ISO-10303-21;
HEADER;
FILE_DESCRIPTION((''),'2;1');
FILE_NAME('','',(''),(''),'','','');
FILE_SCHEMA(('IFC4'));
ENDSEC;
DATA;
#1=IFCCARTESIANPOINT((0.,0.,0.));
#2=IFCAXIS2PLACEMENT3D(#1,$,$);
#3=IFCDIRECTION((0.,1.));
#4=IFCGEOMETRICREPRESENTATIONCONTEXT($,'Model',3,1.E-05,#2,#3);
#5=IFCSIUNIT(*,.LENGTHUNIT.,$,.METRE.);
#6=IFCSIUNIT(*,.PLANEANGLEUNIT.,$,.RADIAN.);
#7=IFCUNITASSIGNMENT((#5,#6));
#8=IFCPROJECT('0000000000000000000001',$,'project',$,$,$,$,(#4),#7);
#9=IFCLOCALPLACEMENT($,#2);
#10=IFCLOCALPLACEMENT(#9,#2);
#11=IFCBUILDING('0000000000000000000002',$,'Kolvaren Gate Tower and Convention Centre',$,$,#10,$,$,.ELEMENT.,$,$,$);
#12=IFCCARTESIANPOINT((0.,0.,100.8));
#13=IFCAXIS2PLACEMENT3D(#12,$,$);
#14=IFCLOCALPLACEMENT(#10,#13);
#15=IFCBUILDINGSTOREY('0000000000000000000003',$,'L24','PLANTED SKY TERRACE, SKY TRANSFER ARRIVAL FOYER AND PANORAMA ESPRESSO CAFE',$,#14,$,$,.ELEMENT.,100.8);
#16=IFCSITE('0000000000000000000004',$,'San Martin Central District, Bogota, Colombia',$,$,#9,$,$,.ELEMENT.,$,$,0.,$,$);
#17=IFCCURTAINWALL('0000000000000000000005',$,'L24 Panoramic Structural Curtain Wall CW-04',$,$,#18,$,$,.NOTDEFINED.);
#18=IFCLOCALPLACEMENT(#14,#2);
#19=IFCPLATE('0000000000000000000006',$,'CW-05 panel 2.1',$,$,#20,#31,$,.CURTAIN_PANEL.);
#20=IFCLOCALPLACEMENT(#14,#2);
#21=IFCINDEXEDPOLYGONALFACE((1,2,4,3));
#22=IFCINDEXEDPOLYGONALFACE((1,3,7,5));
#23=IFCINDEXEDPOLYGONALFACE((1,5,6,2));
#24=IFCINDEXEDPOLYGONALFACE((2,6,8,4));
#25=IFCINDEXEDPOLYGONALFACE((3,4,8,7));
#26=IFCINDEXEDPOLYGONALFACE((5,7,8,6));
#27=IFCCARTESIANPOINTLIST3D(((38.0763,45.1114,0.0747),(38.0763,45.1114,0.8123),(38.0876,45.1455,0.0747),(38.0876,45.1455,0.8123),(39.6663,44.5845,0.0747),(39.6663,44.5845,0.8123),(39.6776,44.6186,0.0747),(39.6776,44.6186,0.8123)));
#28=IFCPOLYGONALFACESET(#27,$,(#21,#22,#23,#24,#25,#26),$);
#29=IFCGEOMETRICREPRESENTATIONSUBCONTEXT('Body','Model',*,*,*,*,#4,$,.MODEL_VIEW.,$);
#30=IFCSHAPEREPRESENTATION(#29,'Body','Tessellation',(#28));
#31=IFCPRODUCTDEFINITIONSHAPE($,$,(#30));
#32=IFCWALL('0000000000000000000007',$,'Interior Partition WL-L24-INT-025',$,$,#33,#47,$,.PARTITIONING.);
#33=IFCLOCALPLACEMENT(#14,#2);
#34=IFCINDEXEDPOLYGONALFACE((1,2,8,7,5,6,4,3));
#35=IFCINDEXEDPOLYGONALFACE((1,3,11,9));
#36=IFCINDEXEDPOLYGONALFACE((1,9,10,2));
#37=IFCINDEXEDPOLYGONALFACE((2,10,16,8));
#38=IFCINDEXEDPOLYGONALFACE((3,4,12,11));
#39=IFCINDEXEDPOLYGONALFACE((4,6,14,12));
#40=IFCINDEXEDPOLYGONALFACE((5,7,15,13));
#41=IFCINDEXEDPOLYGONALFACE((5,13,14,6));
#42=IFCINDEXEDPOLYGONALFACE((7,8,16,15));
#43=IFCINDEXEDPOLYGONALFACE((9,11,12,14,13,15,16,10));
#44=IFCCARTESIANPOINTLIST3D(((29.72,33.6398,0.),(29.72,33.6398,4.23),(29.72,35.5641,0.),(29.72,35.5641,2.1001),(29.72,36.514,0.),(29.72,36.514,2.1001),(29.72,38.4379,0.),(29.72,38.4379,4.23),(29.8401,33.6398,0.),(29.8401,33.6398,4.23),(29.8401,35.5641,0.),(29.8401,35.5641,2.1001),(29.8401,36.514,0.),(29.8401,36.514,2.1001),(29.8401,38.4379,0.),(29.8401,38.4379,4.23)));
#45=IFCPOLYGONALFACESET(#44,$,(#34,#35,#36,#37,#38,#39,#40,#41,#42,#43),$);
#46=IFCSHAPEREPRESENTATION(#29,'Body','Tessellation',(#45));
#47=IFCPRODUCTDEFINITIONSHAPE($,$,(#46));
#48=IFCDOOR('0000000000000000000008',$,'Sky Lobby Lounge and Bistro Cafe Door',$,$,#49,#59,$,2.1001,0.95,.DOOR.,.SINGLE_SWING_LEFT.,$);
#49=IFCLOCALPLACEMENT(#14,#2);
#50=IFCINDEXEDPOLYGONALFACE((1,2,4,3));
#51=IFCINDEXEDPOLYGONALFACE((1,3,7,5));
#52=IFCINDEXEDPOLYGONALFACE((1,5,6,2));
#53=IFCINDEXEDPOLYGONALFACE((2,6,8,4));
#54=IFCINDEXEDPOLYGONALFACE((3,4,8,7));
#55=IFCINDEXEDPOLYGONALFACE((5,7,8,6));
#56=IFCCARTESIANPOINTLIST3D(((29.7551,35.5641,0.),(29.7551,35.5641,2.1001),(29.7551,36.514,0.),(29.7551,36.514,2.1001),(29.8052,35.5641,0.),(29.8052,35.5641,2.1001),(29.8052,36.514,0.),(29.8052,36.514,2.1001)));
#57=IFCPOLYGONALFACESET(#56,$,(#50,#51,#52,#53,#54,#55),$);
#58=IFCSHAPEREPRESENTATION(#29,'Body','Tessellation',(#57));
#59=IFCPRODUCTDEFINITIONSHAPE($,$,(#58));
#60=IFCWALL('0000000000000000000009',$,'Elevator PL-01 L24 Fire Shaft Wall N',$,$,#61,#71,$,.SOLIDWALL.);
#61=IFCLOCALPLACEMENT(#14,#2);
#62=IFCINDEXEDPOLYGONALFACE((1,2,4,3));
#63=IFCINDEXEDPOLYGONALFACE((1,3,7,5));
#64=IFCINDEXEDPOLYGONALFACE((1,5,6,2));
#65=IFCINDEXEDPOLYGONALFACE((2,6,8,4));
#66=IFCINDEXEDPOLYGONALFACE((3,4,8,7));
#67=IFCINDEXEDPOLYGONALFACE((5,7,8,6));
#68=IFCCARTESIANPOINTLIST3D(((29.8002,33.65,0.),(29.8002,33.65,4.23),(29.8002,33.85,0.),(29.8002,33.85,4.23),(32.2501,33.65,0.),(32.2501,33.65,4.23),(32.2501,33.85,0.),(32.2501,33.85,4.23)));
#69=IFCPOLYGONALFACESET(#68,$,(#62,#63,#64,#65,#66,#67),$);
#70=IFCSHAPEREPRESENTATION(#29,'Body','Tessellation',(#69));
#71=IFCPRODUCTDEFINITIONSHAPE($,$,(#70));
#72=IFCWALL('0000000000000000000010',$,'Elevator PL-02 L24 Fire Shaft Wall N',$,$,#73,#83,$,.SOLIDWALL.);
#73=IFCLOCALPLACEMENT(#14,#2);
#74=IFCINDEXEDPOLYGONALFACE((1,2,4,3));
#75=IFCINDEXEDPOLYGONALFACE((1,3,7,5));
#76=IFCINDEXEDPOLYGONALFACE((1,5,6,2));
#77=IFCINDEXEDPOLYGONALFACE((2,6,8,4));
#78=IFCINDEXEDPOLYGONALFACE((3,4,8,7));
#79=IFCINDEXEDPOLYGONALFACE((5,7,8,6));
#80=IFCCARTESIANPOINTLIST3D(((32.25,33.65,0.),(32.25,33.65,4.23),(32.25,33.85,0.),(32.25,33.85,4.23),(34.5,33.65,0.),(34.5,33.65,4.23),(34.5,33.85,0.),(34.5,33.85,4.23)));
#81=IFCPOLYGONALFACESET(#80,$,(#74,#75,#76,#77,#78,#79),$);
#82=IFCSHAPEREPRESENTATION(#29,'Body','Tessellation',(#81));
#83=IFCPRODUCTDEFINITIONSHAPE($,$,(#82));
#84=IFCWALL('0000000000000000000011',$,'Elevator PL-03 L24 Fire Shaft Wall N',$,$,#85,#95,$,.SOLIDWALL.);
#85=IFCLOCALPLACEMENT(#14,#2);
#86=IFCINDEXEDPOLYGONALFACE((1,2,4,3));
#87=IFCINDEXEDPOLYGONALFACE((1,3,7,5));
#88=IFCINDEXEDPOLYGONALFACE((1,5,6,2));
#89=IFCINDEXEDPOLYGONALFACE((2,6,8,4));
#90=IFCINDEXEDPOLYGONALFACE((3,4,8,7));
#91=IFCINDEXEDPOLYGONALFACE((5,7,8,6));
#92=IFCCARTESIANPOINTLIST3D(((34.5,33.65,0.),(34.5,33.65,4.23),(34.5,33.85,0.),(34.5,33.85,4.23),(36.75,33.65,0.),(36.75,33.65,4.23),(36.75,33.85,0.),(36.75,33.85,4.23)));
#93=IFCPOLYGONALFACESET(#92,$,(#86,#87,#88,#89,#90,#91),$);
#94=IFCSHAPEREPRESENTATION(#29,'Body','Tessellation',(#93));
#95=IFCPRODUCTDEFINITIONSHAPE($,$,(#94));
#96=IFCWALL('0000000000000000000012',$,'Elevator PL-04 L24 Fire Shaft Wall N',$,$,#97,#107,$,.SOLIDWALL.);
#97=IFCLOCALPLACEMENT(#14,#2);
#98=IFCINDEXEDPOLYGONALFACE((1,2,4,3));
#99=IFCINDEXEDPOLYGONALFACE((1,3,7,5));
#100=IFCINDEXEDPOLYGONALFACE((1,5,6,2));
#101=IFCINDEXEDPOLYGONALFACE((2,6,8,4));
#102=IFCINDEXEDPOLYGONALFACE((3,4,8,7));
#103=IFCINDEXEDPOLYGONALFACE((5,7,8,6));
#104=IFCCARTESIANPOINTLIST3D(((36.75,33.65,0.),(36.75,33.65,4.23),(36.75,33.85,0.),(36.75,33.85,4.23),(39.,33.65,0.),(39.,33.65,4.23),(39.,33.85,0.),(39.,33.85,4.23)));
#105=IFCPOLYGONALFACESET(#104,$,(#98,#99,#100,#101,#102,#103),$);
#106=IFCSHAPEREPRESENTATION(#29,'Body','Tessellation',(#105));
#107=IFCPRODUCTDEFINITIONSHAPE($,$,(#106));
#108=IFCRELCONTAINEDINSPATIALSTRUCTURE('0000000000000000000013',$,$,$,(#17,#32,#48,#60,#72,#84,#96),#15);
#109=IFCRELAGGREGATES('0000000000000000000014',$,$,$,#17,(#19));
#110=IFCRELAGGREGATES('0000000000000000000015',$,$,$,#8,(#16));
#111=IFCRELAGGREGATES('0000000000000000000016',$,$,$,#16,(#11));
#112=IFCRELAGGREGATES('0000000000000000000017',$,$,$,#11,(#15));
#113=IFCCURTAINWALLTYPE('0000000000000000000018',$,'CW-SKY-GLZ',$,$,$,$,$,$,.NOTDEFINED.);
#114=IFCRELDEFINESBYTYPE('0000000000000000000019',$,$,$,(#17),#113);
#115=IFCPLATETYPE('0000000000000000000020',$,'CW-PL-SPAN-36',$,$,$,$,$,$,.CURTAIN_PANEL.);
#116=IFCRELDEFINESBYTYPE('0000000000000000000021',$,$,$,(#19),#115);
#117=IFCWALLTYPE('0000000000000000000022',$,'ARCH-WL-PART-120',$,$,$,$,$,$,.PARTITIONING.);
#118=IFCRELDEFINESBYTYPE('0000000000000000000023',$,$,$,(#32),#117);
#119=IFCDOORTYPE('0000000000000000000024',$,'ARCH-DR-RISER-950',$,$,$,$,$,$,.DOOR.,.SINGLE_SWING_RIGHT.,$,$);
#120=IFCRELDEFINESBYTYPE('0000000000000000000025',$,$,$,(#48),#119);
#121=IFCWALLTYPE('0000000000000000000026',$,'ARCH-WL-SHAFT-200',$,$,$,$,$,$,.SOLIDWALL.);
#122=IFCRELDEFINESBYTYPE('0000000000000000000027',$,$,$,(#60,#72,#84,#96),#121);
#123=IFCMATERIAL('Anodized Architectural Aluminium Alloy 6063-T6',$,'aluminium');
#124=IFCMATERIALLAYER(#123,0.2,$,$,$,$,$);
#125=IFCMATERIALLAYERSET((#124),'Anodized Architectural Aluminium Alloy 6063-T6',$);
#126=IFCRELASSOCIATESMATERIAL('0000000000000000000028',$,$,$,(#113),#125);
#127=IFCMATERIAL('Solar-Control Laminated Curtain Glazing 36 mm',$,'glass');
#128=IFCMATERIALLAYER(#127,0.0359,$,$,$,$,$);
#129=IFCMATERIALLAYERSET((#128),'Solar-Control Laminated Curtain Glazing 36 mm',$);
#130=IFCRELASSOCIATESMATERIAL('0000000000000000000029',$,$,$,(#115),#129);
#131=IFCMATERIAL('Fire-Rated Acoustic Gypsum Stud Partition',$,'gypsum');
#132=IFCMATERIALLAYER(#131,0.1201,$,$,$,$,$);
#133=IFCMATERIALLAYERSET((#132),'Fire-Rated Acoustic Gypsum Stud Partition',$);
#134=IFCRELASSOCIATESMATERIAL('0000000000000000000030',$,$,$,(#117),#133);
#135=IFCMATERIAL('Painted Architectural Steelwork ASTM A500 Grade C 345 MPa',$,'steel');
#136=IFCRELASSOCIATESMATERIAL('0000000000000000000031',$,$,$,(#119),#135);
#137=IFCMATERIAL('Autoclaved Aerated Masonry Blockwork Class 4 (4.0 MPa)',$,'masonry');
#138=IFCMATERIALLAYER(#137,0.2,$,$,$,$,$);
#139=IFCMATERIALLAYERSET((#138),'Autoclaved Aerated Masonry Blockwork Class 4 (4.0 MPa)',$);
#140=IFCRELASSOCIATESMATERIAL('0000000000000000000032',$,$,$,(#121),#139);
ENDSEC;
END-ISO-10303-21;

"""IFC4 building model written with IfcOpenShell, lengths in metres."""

from ifc_helpers import new_model, si_unit, direction, frame, frame_2d, origin, origin_2d, place, context, subcontext, project, spatial, rectangle, extrude, material, layer, layer_set, type_object, element, fill, aggregate, save


model = new_model("IFC4")

# Units and contexts
model_context = context("Model", 3, precision=1e-05, world=origin(), true_north=direction((0.0, 1.0)))
body_context = subcontext(model_context, "Body", "Model", "MODEL_VIEW")
ifc_project = project(units=[si_unit("LENGTHUNIT", "METRE"), si_unit("PLANEANGLEUNIT", "RADIAN")], contexts=[model_context])

# Site, building, storey
site_placement = place(None, origin())
site = spatial("IfcSite", under=ifc_project, at=site_placement, Name="San Martin Central District, Bogota, Colombia", CompositionType="ELEMENT", RefElevation=0.0)
building_placement = place(site_placement, origin())
building = spatial("IfcBuilding", under=site, at=building_placement, Name="Kolvaren Gate Tower and Convention Centre", CompositionType="ELEMENT")
storey_placement = place(building_placement, frame((0.0, 0.0, 100.8)))
storey = spatial("IfcBuildingStorey", under=building, at=storey_placement, Name="L24", Description="PLANTED SKY TERRACE, SKY TRANSFER ARRIVAL FOYER AND PANORAMA ESPRESSO CAFE", CompositionType="ELEMENT", Elevation=100.8)

# Curtain wall
ifc_material_1 = material(Name="Anodized Architectural Aluminium Alloy 6063-T6", Category="aluminium")
ifc_layer_1 = layer(ifc_material_1, 0.2)
ifc_layer_set_1 = layer_set([ifc_layer_1], Name="Anodized Architectural Aluminium Alloy 6063-T6")
curtain_wall_type = type_object("IfcCurtainWallType", Name="CW-SKY-GLZ", PredefinedType="NOTDEFINED", material=ifc_layer_set_1)
curtain_wall_placement = place(storey_placement, origin())
curtain_wall = element("IfcCurtainWall", 1, at=curtain_wall_placement, inside=storey, type_object=curtain_wall_type, Name="L24 Panoramic Structural Curtain Wall CW-04", PredefinedType="NOTDEFINED")

# Plate
ifc_material_2 = material(Name="Solar-Control Laminated Curtain Glazing 36 mm", Category="glass")
ifc_layer_2 = layer(ifc_material_2, 0.0359)
ifc_layer_set_2 = layer_set([ifc_layer_2], Name="Solar-Control Laminated Curtain Glazing 36 mm")
plate_type_1 = type_object("IfcPlateType", Name="CW-PL-SPAN-36", PredefinedType="CURTAIN_PANEL", material=ifc_layer_set_2)
plate_1_placement = place(storey_placement, frame((38.877, 44.865, 0.0747), z_axis=(0.0, 0.0, 1.0), x_axis=(0.94924, -0.314553, 0.0)))
plate_1 = element("IfcPlate", 2, at=plate_1_placement, type_object=plate_type_1, Name="CW-05 panel 2.1", PredefinedType="CURTAIN_PANEL", context=body_context, shape_type="SweptSolid", body=[
    extrude(rectangle(XDim=1.675, YDim=0.0359, at=origin_2d()), origin(), (0.0, 0.0, 1.0), 0.7375),
])
aggregate(curtain_wall, [plate_1])

# Wall, opening, door
ifc_material_3 = material(Name="Fire-Rated Acoustic Gypsum Stud Partition", Category="gypsum")
ifc_layer_3 = layer(ifc_material_3, 0.1201)
ifc_layer_set_3 = layer_set([ifc_layer_3], Name="Fire-Rated Acoustic Gypsum Stud Partition")
wall_type_1 = type_object("IfcWallType", Name="ARCH-WL-PART-120", PredefinedType="PARTITIONING", material=ifc_layer_set_3)
wall_1_placement = place(storey_placement, frame((29.78, 33.6399, 0.0), z_axis=(0.0, 0.0, 1.0), x_axis=(0.0, 1.0, 0.0)))
wall_1 = element("IfcWall", 3, at=wall_1_placement, inside=storey, type_object=wall_type_1, Name="Interior Partition WL-L24-INT-025", PredefinedType="PARTITIONING", context=body_context, shape_type="SweptSolid", body=[
    extrude(rectangle(XDim=4.7981, YDim=0.1201, at=frame_2d((2.3989, 0.0))), origin(), (0.0, 0.0, 1.0), 4.23),
])
opening_placement = place(wall_1_placement, frame((1.9241, 0.0, 0.0)))
opening = element("IfcOpeningElement", 4, at=opening_placement, cuts=wall_1, PredefinedType="OPENING", context=body_context, shape_type="SweptSolid", body=[
    extrude(rectangle(XDim=0.95, YDim=2.1001, at=frame_2d((0.4751, 1.05))), frame((0.0, 0.0701, 0.0), z_axis=(0.0, -1.0, 0.0), x_axis=(1.0, 0.0, 0.0)), (0.0, 0.0, 1.0), 0.1401),
])
ifc_material_4 = material(Name="Painted Architectural Steelwork ASTM A500 Grade C 345 MPa", Category="steel")
door_type = type_object("IfcDoorType", Name="ARCH-DR-RISER-950", OperationType="SINGLE_SWING_RIGHT", PredefinedType="DOOR", material=ifc_material_4)
door_placement = place(opening_placement, origin())
door = element("IfcDoor", 5, at=door_placement, inside=storey, type_object=door_type, Name="Sky Lobby Lounge and Bistro Cafe Door", OperationType="SINGLE_SWING_LEFT", OverallHeight=2.1001, OverallWidth=0.95, PredefinedType="DOOR", context=body_context, shape_type="SweptSolid", body=[
    extrude(rectangle(XDim=0.95, YDim=2.1001, at=frame_2d((0.4751, 1.05))), frame((0.0, 0.0249, 0.0), z_axis=(0.0, -1.0, 0.0), x_axis=(1.0, 0.0, 0.0)), (0.0, 0.0, 1.0), 0.05),
])
fill(opening, door)

# Walls
ifc_material_5 = material(Name="Autoclaved Aerated Masonry Blockwork Class 4 (4.0 MPa)", Category="masonry")
ifc_layer_4 = layer(ifc_material_5, 0.2)
ifc_layer_set_4 = layer_set([ifc_layer_4], Name="Autoclaved Aerated Masonry Blockwork Class 4 (4.0 MPa)")
wall_type_2 = type_object("IfcWallType", Name="ARCH-WL-SHAFT-200", PredefinedType="SOLIDWALL", material=ifc_layer_set_4)
wall_2_placement = place(storey_placement, frame((29.8, 33.75, 0.0), z_axis=(0.0, 0.0, 1.0), x_axis=(1.0, 0.0, 0.0)))
element("IfcWall", 6, at=wall_2_placement, inside=storey, type_object=wall_type_2, Name="Elevator PL-01 L24 Fire Shaft Wall N", PredefinedType="SOLIDWALL", context=body_context, shape_type="SweptSolid", body=[
    extrude(rectangle(XDim=2.45, YDim=0.2, at=frame_2d((1.2251, 0.0))), origin(), (0.0, 0.0, 1.0), 4.23),
])
for number, where, z_axis, x_axis, name in (
    (7, (32.25, 33.75, 0.0), (0.0, 0.0, 1.0), (1.0, 0.0, 0.0), "Elevator PL-02 L24 Fire Shaft Wall N"),
    (8, (34.5, 33.75, 0.0), (0.0, 0.0, 1.0), (1.0, 0.0, 0.0), "Elevator PL-03 L24 Fire Shaft Wall N"),
    (9, (36.75, 33.75, 0.0), (0.0, 0.0, 1.0), (1.0, 0.0, 0.0), "Elevator PL-04 L24 Fire Shaft Wall N"),
):
    element("IfcWall", number, at=place(storey_placement, frame(where, z_axis=z_axis, x_axis=x_axis)), inside=storey, type_object=wall_type_2, Name=name, PredefinedType="SOLIDWALL", context=body_context, shape_type="SweptSolid", body=[
        extrude(rectangle(XDim=2.25, YDim=0.2, at=frame_2d((1.125, 0.0))), origin(), (0.0, 0.0, 1.0), 4.23),
    ])

save(model, "model.ifc")
